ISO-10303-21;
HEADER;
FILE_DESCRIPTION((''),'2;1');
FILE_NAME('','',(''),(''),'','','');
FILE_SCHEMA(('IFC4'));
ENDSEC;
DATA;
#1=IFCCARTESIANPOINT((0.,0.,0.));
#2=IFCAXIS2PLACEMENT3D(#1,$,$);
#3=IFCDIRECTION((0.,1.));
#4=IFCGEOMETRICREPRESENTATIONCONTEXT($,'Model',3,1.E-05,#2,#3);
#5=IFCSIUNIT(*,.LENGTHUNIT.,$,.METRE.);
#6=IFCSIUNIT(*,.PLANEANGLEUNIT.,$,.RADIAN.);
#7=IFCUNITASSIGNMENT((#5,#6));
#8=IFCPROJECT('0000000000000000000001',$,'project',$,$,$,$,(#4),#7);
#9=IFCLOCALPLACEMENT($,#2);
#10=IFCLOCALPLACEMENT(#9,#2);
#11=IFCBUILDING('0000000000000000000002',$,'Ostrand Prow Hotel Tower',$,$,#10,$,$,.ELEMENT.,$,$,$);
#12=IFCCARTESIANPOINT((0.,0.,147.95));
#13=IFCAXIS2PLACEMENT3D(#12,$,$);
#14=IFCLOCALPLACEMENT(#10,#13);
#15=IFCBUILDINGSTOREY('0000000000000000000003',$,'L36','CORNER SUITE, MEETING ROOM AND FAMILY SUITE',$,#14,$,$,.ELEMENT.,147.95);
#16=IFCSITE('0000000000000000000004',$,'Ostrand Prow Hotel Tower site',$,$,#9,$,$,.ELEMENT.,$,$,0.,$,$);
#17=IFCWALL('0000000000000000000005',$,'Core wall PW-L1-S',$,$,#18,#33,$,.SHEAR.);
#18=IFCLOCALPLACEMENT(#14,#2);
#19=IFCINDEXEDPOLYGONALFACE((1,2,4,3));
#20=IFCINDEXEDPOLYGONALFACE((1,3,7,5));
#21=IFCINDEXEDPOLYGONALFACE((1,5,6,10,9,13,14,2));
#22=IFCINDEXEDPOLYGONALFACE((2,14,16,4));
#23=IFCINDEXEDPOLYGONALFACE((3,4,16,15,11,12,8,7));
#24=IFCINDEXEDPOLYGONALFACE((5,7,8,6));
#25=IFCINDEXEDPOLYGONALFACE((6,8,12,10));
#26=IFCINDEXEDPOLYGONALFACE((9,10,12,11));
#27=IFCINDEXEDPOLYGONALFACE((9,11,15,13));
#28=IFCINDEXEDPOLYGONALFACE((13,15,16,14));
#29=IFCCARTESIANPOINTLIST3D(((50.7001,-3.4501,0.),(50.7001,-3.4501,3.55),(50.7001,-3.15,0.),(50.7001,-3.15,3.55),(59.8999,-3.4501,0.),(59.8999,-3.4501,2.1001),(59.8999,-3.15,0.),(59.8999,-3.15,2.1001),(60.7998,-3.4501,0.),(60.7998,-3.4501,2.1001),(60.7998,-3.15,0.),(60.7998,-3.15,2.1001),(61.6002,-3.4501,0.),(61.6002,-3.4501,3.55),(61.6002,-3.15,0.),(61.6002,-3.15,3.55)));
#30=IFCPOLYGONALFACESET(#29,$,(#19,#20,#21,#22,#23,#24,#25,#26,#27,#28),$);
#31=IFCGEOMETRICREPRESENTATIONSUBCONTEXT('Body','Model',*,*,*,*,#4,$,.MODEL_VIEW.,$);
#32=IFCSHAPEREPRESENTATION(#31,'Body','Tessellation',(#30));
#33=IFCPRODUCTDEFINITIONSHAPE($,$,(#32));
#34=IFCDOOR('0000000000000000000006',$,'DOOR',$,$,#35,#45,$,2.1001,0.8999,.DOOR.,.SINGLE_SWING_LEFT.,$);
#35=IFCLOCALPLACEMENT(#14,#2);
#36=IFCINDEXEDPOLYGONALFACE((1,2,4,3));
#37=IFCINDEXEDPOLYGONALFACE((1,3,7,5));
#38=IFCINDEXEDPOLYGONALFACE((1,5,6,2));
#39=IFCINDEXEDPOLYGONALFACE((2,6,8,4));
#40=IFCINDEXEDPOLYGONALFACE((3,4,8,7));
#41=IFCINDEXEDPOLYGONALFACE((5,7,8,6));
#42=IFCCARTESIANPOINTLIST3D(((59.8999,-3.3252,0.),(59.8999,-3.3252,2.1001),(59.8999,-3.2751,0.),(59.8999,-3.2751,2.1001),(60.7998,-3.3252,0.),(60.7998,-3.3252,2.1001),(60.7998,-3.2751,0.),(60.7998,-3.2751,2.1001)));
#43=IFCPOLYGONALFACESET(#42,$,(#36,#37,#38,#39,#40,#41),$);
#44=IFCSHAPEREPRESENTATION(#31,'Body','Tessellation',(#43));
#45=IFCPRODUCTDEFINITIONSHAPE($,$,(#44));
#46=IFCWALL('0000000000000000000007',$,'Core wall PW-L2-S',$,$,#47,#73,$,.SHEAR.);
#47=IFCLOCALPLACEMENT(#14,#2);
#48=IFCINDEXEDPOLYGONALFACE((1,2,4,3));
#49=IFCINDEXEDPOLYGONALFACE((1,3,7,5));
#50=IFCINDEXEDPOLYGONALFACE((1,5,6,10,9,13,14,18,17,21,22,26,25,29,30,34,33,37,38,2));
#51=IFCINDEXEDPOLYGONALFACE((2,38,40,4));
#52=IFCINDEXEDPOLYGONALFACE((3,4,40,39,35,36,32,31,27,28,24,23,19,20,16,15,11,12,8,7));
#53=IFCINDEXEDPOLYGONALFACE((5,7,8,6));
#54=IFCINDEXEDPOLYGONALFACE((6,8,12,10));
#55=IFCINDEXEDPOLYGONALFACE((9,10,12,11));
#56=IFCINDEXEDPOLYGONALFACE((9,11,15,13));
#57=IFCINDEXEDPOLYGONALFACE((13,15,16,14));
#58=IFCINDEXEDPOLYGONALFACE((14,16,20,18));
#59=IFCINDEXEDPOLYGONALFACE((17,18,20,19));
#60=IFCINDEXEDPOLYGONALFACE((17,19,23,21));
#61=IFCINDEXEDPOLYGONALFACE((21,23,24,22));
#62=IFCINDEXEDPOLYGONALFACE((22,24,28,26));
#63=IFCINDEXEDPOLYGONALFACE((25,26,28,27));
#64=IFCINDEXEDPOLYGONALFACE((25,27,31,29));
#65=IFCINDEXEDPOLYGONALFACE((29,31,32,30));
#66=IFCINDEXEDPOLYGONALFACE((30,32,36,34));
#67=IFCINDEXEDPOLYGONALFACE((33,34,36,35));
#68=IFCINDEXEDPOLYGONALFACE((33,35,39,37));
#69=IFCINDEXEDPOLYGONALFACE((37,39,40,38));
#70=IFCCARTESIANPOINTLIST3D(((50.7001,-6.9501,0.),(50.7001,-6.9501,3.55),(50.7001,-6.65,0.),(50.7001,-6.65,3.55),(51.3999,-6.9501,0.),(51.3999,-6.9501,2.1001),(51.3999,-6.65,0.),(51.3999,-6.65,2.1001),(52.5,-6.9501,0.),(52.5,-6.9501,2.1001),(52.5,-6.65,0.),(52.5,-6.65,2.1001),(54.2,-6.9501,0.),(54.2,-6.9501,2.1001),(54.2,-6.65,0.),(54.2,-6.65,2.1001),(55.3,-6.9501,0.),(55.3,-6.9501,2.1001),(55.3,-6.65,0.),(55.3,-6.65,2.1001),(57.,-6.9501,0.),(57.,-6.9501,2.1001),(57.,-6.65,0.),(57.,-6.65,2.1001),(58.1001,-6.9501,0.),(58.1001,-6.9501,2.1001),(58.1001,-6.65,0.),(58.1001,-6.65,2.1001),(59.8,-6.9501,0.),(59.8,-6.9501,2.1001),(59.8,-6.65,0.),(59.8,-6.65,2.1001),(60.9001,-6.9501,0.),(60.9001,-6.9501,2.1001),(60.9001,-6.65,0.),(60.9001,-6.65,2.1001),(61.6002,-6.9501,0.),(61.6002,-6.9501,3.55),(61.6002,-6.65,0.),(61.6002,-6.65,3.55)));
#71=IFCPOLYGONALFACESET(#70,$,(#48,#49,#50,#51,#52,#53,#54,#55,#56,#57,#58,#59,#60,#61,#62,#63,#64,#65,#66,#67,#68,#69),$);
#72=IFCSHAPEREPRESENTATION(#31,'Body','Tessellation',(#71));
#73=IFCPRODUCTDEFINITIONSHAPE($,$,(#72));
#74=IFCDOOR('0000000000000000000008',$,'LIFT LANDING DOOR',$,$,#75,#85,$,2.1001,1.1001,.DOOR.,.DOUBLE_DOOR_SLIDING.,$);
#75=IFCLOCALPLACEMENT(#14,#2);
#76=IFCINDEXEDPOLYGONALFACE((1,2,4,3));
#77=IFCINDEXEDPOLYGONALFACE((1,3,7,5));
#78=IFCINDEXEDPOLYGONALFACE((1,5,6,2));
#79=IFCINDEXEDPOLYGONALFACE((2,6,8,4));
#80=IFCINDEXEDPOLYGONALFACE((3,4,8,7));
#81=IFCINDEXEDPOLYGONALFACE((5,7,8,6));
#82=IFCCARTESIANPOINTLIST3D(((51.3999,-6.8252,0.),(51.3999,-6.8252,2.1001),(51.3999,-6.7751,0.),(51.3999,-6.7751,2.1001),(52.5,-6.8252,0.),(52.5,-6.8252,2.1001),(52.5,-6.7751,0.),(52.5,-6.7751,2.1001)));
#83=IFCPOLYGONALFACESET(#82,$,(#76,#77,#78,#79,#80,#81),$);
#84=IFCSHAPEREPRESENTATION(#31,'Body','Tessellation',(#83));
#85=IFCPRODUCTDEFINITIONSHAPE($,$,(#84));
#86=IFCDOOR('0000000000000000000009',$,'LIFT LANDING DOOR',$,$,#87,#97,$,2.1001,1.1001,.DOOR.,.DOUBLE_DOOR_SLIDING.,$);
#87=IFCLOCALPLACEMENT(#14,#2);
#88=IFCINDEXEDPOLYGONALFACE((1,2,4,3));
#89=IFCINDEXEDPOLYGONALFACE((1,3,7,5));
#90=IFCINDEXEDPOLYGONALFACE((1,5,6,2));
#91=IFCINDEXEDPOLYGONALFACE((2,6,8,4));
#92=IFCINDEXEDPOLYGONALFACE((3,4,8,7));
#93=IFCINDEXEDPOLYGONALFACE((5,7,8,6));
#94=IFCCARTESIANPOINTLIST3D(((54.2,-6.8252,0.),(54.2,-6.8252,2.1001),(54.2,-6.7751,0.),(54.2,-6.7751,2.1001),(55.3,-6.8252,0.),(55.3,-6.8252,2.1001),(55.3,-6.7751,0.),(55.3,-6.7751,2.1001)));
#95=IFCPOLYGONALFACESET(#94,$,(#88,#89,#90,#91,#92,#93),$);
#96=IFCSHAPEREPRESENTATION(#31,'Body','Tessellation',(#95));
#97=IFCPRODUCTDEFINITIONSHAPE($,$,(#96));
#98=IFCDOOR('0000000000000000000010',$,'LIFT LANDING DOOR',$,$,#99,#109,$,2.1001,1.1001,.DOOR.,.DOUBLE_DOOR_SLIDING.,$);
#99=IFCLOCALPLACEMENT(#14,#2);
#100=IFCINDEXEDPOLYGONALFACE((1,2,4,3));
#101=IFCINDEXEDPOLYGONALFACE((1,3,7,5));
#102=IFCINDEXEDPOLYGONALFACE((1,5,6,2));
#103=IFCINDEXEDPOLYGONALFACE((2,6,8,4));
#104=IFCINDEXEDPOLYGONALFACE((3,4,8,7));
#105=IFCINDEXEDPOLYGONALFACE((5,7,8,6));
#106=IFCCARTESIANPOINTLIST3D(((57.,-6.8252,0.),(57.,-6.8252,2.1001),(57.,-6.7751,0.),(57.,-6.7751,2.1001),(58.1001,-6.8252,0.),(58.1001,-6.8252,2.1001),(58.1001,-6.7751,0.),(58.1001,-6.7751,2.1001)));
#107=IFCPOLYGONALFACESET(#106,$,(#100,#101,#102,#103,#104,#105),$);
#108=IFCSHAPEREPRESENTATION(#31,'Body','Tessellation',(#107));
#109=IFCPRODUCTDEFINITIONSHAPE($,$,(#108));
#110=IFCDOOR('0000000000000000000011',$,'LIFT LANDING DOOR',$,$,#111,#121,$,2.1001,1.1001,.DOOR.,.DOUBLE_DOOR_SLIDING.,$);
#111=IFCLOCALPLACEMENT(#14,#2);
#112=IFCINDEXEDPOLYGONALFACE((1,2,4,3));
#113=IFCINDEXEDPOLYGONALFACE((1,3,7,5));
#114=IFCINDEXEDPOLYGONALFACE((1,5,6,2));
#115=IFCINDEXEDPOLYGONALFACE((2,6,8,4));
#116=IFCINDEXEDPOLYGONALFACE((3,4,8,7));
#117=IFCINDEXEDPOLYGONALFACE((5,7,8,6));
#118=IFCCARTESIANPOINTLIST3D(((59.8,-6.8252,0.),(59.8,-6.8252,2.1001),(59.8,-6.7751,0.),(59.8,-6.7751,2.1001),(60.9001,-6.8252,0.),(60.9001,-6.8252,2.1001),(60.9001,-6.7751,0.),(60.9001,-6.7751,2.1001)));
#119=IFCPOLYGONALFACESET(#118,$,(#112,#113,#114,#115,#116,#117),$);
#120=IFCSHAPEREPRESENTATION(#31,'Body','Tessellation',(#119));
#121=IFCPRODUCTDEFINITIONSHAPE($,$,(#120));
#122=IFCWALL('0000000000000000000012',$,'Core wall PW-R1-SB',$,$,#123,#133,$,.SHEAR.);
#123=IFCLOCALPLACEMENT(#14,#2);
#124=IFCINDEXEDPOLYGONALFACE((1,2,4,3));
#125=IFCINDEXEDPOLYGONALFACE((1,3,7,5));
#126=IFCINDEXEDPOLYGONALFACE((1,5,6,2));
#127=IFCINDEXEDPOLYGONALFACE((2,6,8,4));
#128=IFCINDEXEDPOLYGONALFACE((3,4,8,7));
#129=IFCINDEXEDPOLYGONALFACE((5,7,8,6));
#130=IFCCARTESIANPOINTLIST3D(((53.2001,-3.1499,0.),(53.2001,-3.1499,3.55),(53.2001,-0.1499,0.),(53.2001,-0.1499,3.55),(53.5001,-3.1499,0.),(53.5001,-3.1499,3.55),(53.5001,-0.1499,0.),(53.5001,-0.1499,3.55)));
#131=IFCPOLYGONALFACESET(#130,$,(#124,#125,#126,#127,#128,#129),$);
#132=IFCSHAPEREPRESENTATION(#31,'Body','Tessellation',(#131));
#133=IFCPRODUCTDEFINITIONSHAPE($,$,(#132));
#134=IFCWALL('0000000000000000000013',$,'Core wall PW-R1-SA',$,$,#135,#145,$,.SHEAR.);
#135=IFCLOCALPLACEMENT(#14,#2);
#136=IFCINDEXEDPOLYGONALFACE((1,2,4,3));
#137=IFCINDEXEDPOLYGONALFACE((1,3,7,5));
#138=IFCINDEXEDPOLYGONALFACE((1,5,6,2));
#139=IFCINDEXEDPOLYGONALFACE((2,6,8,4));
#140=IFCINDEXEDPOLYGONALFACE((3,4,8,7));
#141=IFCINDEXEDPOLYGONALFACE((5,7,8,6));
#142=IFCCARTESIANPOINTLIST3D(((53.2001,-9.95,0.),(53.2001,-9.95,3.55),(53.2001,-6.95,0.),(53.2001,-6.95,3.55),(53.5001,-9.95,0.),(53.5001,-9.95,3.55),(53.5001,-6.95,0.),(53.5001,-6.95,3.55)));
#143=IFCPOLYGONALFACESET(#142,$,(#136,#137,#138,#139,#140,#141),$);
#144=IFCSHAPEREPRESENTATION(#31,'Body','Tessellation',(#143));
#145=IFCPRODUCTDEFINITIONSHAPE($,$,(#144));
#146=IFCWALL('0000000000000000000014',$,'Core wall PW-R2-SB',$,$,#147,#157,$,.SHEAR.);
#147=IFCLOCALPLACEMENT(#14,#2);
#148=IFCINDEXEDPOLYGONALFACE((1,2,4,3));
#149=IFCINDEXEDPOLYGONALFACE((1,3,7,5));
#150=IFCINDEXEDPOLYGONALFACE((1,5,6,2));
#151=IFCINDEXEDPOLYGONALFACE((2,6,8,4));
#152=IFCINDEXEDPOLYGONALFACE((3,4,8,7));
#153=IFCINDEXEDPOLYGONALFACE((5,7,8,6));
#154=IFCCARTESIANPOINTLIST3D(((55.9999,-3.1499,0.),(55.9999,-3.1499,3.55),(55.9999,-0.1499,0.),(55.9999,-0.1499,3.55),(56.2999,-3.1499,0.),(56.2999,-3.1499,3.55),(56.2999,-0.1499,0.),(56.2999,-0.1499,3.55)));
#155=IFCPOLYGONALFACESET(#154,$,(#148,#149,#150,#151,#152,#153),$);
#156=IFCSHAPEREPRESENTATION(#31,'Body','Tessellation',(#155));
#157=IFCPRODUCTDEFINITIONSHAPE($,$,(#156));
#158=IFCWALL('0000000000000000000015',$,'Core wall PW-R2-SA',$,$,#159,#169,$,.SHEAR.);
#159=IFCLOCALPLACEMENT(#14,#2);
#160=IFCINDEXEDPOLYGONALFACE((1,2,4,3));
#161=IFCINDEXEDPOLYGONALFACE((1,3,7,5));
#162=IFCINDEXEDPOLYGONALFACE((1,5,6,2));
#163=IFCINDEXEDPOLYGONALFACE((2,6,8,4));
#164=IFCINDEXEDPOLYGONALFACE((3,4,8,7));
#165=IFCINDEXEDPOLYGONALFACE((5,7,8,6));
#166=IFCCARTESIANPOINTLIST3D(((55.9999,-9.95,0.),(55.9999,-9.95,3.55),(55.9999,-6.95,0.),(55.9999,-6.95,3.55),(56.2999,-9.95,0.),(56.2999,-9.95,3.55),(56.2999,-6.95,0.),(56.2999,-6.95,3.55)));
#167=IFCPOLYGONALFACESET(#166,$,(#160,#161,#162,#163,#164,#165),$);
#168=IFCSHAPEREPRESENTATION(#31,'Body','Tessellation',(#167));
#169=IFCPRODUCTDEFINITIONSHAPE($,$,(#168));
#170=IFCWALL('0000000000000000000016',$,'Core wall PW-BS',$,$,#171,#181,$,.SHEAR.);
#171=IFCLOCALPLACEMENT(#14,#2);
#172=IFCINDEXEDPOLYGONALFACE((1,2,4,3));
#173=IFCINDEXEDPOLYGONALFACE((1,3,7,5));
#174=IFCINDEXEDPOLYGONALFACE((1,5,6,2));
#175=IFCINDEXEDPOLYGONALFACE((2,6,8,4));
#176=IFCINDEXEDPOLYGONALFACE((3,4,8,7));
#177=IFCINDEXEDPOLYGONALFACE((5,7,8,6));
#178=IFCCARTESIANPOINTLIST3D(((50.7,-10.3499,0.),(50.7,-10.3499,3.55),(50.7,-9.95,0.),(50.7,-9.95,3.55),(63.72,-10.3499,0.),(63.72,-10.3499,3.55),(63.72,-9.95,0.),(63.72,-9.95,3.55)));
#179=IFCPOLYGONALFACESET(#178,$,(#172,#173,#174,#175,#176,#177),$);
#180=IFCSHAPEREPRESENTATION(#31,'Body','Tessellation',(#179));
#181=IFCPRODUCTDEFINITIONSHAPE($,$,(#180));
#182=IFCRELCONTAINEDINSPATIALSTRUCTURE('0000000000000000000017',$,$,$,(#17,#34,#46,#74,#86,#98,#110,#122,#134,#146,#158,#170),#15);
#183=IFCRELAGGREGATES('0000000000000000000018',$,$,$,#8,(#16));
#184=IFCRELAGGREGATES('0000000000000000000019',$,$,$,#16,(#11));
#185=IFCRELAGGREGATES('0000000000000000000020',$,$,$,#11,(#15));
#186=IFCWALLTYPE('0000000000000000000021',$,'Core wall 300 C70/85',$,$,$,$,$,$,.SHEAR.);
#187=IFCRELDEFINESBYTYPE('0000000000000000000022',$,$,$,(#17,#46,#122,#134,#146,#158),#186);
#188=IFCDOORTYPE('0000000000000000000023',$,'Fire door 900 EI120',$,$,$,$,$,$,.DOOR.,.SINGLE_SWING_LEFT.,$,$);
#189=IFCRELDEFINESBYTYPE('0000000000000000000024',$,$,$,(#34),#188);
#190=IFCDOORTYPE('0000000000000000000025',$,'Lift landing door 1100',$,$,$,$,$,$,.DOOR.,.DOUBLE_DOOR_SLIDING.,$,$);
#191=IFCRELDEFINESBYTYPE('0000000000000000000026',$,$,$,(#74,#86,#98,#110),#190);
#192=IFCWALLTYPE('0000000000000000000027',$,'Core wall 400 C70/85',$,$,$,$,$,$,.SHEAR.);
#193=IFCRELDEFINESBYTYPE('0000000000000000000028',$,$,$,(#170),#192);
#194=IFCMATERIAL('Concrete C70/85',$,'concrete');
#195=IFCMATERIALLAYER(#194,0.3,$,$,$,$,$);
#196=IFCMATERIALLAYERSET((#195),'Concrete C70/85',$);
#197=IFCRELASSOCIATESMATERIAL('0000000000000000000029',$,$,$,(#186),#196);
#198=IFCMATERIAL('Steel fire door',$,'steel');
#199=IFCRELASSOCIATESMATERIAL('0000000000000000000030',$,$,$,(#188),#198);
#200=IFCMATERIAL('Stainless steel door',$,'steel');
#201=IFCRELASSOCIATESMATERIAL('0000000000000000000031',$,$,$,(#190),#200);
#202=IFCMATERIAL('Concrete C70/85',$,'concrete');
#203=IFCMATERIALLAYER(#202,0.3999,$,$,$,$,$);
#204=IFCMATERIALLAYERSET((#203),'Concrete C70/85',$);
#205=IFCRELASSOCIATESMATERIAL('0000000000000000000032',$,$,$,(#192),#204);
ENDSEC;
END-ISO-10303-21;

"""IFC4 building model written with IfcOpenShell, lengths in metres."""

from ifc_helpers import new_model, si_unit, direction, frame, frame_2d, origin, place, context, subcontext, project, spatial, rectangle, extrude, material, layer, layer_set, type_object, element, fill, save


model = new_model("IFC4")

# Units and contexts
model_context = context("Model", 3, precision=1e-05, world=origin(), true_north=direction((0.0, 1.0)))
body_context = subcontext(model_context, "Body", "Model", "MODEL_VIEW")
ifc_project = project(units=[si_unit("LENGTHUNIT", "METRE"), si_unit("PLANEANGLEUNIT", "RADIAN")], contexts=[model_context])

# Site, building, storey
site_placement = place(None, origin())
site = spatial("IfcSite", under=ifc_project, at=site_placement, Name="Ostrand Prow Hotel Tower site", CompositionType="ELEMENT", RefElevation=0.0)
building_placement = place(site_placement, origin())
building = spatial("IfcBuilding", under=site, at=building_placement, Name="Ostrand Prow Hotel Tower", CompositionType="ELEMENT")
storey_placement = place(building_placement, frame((0.0, 0.0, 147.95)))
storey = spatial("IfcBuildingStorey", under=building, at=storey_placement, Name="L36", Description="CORNER SUITE, MEETING ROOM AND FAMILY SUITE", CompositionType="ELEMENT", Elevation=147.95)

# Shared definitions
ifc_material_1 = material(Name="Concrete C70/85", Category="concrete")
ifc_layer_1 = layer(ifc_material_1, 0.3)
ifc_layer_set_1 = layer_set([ifc_layer_1], Name="Concrete C70/85")
wall_type_1 = type_object("IfcWallType", Name="Core wall 300 C70/85", PredefinedType="SHEAR", material=ifc_layer_set_1)

# Shared definitions
ifc_material_2 = material(Name="Steel fire door", Category="steel")
door_type_1 = type_object("IfcDoorType", Name="Fire door 900 EI120", OperationType="SINGLE_SWING_LEFT", PredefinedType="DOOR", material=ifc_material_2)

# Wall, opening, door
wall_1_placement = place(storey_placement, frame((50.7, -3.3, 0.0), z_axis=(0.0, 0.0, 1.0), x_axis=(1.0, 0.0, 0.0)))
wall_1 = element("IfcWall", 1, at=wall_1_placement, inside=storey, type_object=wall_type_1, Name="Core wall PW-L1-S", PredefinedType="SHEAR", context=body_context, shape_type="SweptSolid", body=[
    extrude(rectangle(XDim=10.9001, YDim=0.3, at=frame_2d((5.4502, 0.0))), origin(), (0.0, 0.0, 1.0), 3.55),
])
opening_1_placement = place(wall_1_placement, frame((9.2, 0.0, 0.0)))
opening_1 = element("IfcOpeningElement", 2, at=opening_1_placement, cuts=wall_1, PredefinedType="OPENING", context=body_context, shape_type="SweptSolid", body=[
    extrude(rectangle(XDim=0.8999, YDim=2.1001, at=frame_2d((0.45, 1.05))), frame((0.0, 0.1599, 0.0), z_axis=(0.0, -1.0, 0.0), x_axis=(1.0, 0.0, 0.0)), (0.0, 0.0, 1.0), 0.3201),
])
door_1_placement = place(opening_1_placement, origin())
door_1 = element("IfcDoor", 3, at=door_1_placement, inside=storey, type_object=door_type_1, Name="DOOR", OperationType="SINGLE_SWING_LEFT", OverallHeight=2.1001, OverallWidth=0.8999, PredefinedType="DOOR", context=body_context, shape_type="SweptSolid", body=[
    extrude(rectangle(XDim=0.8999, YDim=2.1001, at=frame_2d((0.45, 1.05))), frame((0.0, 0.0249, 0.0), z_axis=(0.0, -1.0, 0.0), x_axis=(1.0, 0.0, 0.0)), (0.0, 0.0, 1.0), 0.05),
])
fill(opening_1, door_1)

# Wall, openings, doors
wall_2_placement = place(storey_placement, frame((50.7, -6.8, 0.0), z_axis=(0.0, 0.0, 1.0), x_axis=(1.0, 0.0, 0.0)))
wall_2 = element("IfcWall", 4, at=wall_2_placement, inside=storey, type_object=wall_type_1, Name="Core wall PW-L2-S", PredefinedType="SHEAR", context=body_context, shape_type="SweptSolid", body=[
    extrude(rectangle(XDim=10.9001, YDim=0.3, at=frame_2d((5.4502, 0.0))), origin(), (0.0, 0.0, 1.0), 3.55),
])
opening_2_placement = place(wall_2_placement, frame((0.7, 0.0, 0.0)))
opening_2 = element("IfcOpeningElement", 5, at=opening_2_placement, cuts=wall_2, PredefinedType="OPENING", context=body_context, shape_type="SweptSolid", body=[
    extrude(rectangle(XDim=1.1001, YDim=2.1001, at=frame_2d((0.55, 1.05))), frame((0.0, 0.1599, 0.0), z_axis=(0.0, -1.0, 0.0), x_axis=(1.0, 0.0, 0.0)), (0.0, 0.0, 1.0), 0.3201),
])
opening_3_placement = place(wall_2_placement, frame((3.5, 0.0, 0.0)))
opening_3 = element("IfcOpeningElement", 6, at=opening_3_placement, cuts=wall_2, PredefinedType="OPENING", context=body_context, shape_type="SweptSolid", body=[
    extrude(rectangle(XDim=1.1001, YDim=2.1001, at=frame_2d((0.55, 1.05))), frame((0.0, 0.1599, 0.0), z_axis=(0.0, -1.0, 0.0), x_axis=(1.0, 0.0, 0.0)), (0.0, 0.0, 1.0), 0.3201),
])
opening_4_placement = place(wall_2_placement, frame((6.3, 0.0, 0.0)))
opening_4 = element("IfcOpeningElement", 7, at=opening_4_placement, cuts=wall_2, PredefinedType="OPENING", context=body_context, shape_type="SweptSolid", body=[
    extrude(rectangle(XDim=1.1001, YDim=2.1001, at=frame_2d((0.55, 1.05))), frame((0.0, 0.1599, 0.0), z_axis=(0.0, -1.0, 0.0), x_axis=(1.0, 0.0, 0.0)), (0.0, 0.0, 1.0), 0.3201),
])
opening_5_placement = place(wall_2_placement, frame((9.1001, 0.0, 0.0)))
opening_5 = element("IfcOpeningElement", 8, at=opening_5_placement, cuts=wall_2, PredefinedType="OPENING", context=body_context, shape_type="SweptSolid", body=[
    extrude(rectangle(XDim=1.1001, YDim=2.1001, at=frame_2d((0.55, 1.05))), frame((0.0, 0.1599, 0.0), z_axis=(0.0, -1.0, 0.0), x_axis=(1.0, 0.0, 0.0)), (0.0, 0.0, 1.0), 0.3201),
])
ifc_material_3 = material(Name="Stainless steel door", Category="steel")
door_type_2 = type_object("IfcDoorType", Name="Lift landing door 1100", OperationType="DOUBLE_DOOR_SLIDING", PredefinedType="DOOR", material=ifc_material_3)
door_2_placement = place(opening_2_placement, origin())
door_2 = element("IfcDoor", 9, at=door_2_placement, inside=storey, type_object=door_type_2, Name="LIFT LANDING DOOR", OperationType="DOUBLE_DOOR_SLIDING", OverallHeight=2.1001, OverallWidth=1.1001, PredefinedType="DOOR", context=body_context, shape_type="SweptSolid", body=[
    extrude(rectangle(XDim=1.1001, YDim=2.1001, at=frame_2d((0.55, 1.05))), frame((0.0, 0.0249, 0.0), z_axis=(0.0, -1.0, 0.0), x_axis=(1.0, 0.0, 0.0)), (0.0, 0.0, 1.0), 0.05),
])
fill(opening_2, door_2)
door_3_placement = place(opening_3_placement, origin())
door_3 = element("IfcDoor", 10, at=door_3_placement, inside=storey, type_object=door_type_2, Name="LIFT LANDING DOOR", OperationType="DOUBLE_DOOR_SLIDING", OverallHeight=2.1001, OverallWidth=1.1001, PredefinedType="DOOR", context=body_context, shape_type="SweptSolid", body=[
    extrude(rectangle(XDim=1.1001, YDim=2.1001, at=frame_2d((0.55, 1.05))), frame((0.0, 0.0249, 0.0), z_axis=(0.0, -1.0, 0.0), x_axis=(1.0, 0.0, 0.0)), (0.0, 0.0, 1.0), 0.05),
])
fill(opening_3, door_3)
door_4_placement = place(opening_4_placement, origin())
door_4 = element("IfcDoor", 11, at=door_4_placement, inside=storey, type_object=door_type_2, Name="LIFT LANDING DOOR", OperationType="DOUBLE_DOOR_SLIDING", OverallHeight=2.1001, OverallWidth=1.1001, PredefinedType="DOOR", context=body_context, shape_type="SweptSolid", body=[
    extrude(rectangle(XDim=1.1001, YDim=2.1001, at=frame_2d((0.55, 1.05))), frame((0.0, 0.0249, 0.0), z_axis=(0.0, -1.0, 0.0), x_axis=(1.0, 0.0, 0.0)), (0.0, 0.0, 1.0), 0.05),
])
fill(opening_4, door_4)
door_5_placement = place(opening_5_placement, origin())
door_5 = element("IfcDoor", 12, at=door_5_placement, inside=storey, type_object=door_type_2, Name="LIFT LANDING DOOR", OperationType="DOUBLE_DOOR_SLIDING", OverallHeight=2.1001, OverallWidth=1.1001, PredefinedType="DOOR", context=body_context, shape_type="SweptSolid", body=[
    extrude(rectangle(XDim=1.1001, YDim=2.1001, at=frame_2d((0.55, 1.05))), frame((0.0, 0.0249, 0.0), z_axis=(0.0, -1.0, 0.0), x_axis=(1.0, 0.0, 0.0)), (0.0, 0.0, 1.0), 0.05),
])
fill(opening_5, door_5)

# Walls
for number, where, z_axis, x_axis, name in (
    (13, (53.3501, -3.1499, 0.0), (0.0, 0.0, 1.0), (0.0, 1.0, 0.0), "Core wall PW-R1-SB"),
    (14, (53.3501, -9.95, 0.0), (0.0, 0.0, 1.0), (0.0, 1.0, 0.0), "Core wall PW-R1-SA"),
    (15, (56.1499, -3.1499, 0.0), (0.0, 0.0, 1.0), (0.0, 1.0, 0.0), "Core wall PW-R2-SB"),
    (16, (56.1499, -9.95, 0.0), (0.0, 0.0, 1.0), (0.0, 1.0, 0.0), "Core wall PW-R2-SA"),
):
    element("IfcWall", number, at=place(storey_placement, frame(where, z_axis=z_axis, x_axis=x_axis)), inside=storey, type_object=wall_type_1, Name=name, PredefinedType="SHEAR", context=body_context, shape_type="SweptSolid", body=[
        extrude(rectangle(XDim=3.0, YDim=0.3, at=frame_2d((1.5, 0.0))), origin(), (0.0, 0.0, 1.0), 3.55),
    ])
ifc_material_4 = material(Name="Concrete C70/85", Category="concrete")
ifc_layer_2 = layer(ifc_material_4, 0.3999)
ifc_layer_set_2 = layer_set([ifc_layer_2], Name="Concrete C70/85")
wall_type_2 = type_object("IfcWallType", Name="Core wall 400 C70/85", PredefinedType="SHEAR", material=ifc_layer_set_2)
wall_3_placement = place(storey_placement, frame((50.7, -10.1499, 0.0), z_axis=(0.0, 0.0, 1.0), x_axis=(1.0, 0.0, 0.0)))
element("IfcWall", 17, at=wall_3_placement, inside=storey, type_object=wall_type_2, Name="Core wall PW-BS", PredefinedType="SHEAR", context=body_context, shape_type="SweptSolid", body=[
    extrude(rectangle(XDim=13.02, YDim=0.3999, at=frame_2d((6.51, 0.0))), origin(), (0.0, 0.0, 1.0), 3.55),
])

save(model, "model.ifc")
